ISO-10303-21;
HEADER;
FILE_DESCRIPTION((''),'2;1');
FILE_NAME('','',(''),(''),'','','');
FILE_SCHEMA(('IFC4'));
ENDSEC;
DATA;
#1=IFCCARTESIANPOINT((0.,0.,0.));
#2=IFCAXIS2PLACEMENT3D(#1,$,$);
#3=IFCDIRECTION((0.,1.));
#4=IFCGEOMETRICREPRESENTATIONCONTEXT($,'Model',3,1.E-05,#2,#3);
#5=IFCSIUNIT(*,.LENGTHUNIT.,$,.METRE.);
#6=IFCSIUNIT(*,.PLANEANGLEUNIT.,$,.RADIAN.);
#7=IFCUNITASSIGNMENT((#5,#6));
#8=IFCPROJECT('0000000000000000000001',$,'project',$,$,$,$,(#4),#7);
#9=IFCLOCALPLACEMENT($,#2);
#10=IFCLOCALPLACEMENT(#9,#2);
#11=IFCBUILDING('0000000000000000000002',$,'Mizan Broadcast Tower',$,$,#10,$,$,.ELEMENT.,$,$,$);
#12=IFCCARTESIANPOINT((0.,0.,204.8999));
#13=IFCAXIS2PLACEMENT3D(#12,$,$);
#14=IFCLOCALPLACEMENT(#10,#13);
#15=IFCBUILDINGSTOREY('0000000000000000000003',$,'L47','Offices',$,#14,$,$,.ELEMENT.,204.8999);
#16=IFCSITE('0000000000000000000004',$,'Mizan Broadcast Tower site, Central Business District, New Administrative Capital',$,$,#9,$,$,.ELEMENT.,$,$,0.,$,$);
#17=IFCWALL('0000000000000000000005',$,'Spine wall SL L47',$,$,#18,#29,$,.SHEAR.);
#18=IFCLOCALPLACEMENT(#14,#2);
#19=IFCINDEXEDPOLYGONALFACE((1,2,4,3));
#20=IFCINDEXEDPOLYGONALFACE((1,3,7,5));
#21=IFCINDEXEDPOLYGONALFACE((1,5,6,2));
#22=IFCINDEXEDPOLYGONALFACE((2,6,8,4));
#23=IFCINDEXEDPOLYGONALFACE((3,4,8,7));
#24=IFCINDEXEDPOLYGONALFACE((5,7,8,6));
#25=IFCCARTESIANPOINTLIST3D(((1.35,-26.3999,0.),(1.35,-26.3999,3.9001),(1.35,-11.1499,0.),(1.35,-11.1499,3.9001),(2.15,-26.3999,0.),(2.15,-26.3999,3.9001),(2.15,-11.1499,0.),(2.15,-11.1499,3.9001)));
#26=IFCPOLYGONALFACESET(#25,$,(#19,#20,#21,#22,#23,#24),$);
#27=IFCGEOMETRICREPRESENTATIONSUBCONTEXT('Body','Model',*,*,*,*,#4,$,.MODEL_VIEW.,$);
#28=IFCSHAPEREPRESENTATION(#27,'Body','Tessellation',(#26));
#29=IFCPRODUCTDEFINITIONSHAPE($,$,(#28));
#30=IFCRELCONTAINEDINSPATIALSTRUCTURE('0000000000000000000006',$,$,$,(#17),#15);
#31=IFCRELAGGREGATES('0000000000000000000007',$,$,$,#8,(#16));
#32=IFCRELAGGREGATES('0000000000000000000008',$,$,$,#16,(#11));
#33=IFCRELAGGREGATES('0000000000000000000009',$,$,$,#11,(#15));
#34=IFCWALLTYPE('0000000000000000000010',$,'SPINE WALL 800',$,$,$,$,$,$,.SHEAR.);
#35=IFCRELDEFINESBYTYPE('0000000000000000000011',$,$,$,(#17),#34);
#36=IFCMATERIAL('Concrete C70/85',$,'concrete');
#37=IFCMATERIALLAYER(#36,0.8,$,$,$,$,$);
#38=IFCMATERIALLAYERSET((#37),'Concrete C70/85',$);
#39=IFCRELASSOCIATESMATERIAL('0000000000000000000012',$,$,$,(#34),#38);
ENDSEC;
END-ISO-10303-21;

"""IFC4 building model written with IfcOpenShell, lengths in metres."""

from ifc_helpers import new_model, si_unit, direction, frame, frame_2d, origin, place, context, subcontext, project, spatial, rectangle, extrude, material, layer, layer_set, type_object, element, save


model = new_model("IFC4")

# Units and contexts
model_context = context("Model", 3, precision=1e-05, world=origin(), true_north=direction((0.0, 1.0)))
body_context = subcontext(model_context, "Body", "Model", "MODEL_VIEW")
ifc_project = project(units=[si_unit("LENGTHUNIT", "METRE"), si_unit("PLANEANGLEUNIT", "RADIAN")], contexts=[model_context])

# Site, building, storey
site_placement = place(None, origin())
site = spatial("IfcSite", under=ifc_project, at=site_placement, Name="Mizan Broadcast Tower site, Central Business District, New Administrative Capital", CompositionType="ELEMENT", RefElevation=0.0)
building_placement = place(site_placement, origin())
building = spatial("IfcBuilding", under=site, at=building_placement, Name="Mizan Broadcast Tower", CompositionType="ELEMENT")
storey_placement = place(building_placement, frame((0.0, 0.0, 204.8999)))
storey = spatial("IfcBuildingStorey", under=building, at=storey_placement, Name="L47", Description="Offices", CompositionType="ELEMENT", Elevation=204.8999)

# Wall
ifc_material_1 = material(Name="Concrete C70/85", Category="concrete")
ifc_layer_1 = layer(ifc_material_1, 0.8)
ifc_layer_set_1 = layer_set([ifc_layer_1], Name="Concrete C70/85")
wall_type_1 = type_object("IfcWallType", Name="SPINE WALL 800", PredefinedType="SHEAR", material=ifc_layer_set_1)
for number, where, z_axis, x_axis, name in (
    (1, (1.75, -11.1499, 0.0), (0.0, 0.0, 1.0), (0.0, -1.0, 0.0), "Spine wall SL L47"),
):
    element("IfcWall", number, at=place(storey_placement, frame(where, z_axis=z_axis, x_axis=x_axis)), inside=storey, type_object=wall_type_1, Name=name, PredefinedType="SHEAR", context=body_context, shape_type="SweptSolid", body=[
        extrude(rectangle(XDim=15.25, YDim=0.8, at=frame_2d((7.625, 0.0))), origin(), (0.0, 0.0, 1.0), 3.9001),
    ])

save(model, "model.ifc")
